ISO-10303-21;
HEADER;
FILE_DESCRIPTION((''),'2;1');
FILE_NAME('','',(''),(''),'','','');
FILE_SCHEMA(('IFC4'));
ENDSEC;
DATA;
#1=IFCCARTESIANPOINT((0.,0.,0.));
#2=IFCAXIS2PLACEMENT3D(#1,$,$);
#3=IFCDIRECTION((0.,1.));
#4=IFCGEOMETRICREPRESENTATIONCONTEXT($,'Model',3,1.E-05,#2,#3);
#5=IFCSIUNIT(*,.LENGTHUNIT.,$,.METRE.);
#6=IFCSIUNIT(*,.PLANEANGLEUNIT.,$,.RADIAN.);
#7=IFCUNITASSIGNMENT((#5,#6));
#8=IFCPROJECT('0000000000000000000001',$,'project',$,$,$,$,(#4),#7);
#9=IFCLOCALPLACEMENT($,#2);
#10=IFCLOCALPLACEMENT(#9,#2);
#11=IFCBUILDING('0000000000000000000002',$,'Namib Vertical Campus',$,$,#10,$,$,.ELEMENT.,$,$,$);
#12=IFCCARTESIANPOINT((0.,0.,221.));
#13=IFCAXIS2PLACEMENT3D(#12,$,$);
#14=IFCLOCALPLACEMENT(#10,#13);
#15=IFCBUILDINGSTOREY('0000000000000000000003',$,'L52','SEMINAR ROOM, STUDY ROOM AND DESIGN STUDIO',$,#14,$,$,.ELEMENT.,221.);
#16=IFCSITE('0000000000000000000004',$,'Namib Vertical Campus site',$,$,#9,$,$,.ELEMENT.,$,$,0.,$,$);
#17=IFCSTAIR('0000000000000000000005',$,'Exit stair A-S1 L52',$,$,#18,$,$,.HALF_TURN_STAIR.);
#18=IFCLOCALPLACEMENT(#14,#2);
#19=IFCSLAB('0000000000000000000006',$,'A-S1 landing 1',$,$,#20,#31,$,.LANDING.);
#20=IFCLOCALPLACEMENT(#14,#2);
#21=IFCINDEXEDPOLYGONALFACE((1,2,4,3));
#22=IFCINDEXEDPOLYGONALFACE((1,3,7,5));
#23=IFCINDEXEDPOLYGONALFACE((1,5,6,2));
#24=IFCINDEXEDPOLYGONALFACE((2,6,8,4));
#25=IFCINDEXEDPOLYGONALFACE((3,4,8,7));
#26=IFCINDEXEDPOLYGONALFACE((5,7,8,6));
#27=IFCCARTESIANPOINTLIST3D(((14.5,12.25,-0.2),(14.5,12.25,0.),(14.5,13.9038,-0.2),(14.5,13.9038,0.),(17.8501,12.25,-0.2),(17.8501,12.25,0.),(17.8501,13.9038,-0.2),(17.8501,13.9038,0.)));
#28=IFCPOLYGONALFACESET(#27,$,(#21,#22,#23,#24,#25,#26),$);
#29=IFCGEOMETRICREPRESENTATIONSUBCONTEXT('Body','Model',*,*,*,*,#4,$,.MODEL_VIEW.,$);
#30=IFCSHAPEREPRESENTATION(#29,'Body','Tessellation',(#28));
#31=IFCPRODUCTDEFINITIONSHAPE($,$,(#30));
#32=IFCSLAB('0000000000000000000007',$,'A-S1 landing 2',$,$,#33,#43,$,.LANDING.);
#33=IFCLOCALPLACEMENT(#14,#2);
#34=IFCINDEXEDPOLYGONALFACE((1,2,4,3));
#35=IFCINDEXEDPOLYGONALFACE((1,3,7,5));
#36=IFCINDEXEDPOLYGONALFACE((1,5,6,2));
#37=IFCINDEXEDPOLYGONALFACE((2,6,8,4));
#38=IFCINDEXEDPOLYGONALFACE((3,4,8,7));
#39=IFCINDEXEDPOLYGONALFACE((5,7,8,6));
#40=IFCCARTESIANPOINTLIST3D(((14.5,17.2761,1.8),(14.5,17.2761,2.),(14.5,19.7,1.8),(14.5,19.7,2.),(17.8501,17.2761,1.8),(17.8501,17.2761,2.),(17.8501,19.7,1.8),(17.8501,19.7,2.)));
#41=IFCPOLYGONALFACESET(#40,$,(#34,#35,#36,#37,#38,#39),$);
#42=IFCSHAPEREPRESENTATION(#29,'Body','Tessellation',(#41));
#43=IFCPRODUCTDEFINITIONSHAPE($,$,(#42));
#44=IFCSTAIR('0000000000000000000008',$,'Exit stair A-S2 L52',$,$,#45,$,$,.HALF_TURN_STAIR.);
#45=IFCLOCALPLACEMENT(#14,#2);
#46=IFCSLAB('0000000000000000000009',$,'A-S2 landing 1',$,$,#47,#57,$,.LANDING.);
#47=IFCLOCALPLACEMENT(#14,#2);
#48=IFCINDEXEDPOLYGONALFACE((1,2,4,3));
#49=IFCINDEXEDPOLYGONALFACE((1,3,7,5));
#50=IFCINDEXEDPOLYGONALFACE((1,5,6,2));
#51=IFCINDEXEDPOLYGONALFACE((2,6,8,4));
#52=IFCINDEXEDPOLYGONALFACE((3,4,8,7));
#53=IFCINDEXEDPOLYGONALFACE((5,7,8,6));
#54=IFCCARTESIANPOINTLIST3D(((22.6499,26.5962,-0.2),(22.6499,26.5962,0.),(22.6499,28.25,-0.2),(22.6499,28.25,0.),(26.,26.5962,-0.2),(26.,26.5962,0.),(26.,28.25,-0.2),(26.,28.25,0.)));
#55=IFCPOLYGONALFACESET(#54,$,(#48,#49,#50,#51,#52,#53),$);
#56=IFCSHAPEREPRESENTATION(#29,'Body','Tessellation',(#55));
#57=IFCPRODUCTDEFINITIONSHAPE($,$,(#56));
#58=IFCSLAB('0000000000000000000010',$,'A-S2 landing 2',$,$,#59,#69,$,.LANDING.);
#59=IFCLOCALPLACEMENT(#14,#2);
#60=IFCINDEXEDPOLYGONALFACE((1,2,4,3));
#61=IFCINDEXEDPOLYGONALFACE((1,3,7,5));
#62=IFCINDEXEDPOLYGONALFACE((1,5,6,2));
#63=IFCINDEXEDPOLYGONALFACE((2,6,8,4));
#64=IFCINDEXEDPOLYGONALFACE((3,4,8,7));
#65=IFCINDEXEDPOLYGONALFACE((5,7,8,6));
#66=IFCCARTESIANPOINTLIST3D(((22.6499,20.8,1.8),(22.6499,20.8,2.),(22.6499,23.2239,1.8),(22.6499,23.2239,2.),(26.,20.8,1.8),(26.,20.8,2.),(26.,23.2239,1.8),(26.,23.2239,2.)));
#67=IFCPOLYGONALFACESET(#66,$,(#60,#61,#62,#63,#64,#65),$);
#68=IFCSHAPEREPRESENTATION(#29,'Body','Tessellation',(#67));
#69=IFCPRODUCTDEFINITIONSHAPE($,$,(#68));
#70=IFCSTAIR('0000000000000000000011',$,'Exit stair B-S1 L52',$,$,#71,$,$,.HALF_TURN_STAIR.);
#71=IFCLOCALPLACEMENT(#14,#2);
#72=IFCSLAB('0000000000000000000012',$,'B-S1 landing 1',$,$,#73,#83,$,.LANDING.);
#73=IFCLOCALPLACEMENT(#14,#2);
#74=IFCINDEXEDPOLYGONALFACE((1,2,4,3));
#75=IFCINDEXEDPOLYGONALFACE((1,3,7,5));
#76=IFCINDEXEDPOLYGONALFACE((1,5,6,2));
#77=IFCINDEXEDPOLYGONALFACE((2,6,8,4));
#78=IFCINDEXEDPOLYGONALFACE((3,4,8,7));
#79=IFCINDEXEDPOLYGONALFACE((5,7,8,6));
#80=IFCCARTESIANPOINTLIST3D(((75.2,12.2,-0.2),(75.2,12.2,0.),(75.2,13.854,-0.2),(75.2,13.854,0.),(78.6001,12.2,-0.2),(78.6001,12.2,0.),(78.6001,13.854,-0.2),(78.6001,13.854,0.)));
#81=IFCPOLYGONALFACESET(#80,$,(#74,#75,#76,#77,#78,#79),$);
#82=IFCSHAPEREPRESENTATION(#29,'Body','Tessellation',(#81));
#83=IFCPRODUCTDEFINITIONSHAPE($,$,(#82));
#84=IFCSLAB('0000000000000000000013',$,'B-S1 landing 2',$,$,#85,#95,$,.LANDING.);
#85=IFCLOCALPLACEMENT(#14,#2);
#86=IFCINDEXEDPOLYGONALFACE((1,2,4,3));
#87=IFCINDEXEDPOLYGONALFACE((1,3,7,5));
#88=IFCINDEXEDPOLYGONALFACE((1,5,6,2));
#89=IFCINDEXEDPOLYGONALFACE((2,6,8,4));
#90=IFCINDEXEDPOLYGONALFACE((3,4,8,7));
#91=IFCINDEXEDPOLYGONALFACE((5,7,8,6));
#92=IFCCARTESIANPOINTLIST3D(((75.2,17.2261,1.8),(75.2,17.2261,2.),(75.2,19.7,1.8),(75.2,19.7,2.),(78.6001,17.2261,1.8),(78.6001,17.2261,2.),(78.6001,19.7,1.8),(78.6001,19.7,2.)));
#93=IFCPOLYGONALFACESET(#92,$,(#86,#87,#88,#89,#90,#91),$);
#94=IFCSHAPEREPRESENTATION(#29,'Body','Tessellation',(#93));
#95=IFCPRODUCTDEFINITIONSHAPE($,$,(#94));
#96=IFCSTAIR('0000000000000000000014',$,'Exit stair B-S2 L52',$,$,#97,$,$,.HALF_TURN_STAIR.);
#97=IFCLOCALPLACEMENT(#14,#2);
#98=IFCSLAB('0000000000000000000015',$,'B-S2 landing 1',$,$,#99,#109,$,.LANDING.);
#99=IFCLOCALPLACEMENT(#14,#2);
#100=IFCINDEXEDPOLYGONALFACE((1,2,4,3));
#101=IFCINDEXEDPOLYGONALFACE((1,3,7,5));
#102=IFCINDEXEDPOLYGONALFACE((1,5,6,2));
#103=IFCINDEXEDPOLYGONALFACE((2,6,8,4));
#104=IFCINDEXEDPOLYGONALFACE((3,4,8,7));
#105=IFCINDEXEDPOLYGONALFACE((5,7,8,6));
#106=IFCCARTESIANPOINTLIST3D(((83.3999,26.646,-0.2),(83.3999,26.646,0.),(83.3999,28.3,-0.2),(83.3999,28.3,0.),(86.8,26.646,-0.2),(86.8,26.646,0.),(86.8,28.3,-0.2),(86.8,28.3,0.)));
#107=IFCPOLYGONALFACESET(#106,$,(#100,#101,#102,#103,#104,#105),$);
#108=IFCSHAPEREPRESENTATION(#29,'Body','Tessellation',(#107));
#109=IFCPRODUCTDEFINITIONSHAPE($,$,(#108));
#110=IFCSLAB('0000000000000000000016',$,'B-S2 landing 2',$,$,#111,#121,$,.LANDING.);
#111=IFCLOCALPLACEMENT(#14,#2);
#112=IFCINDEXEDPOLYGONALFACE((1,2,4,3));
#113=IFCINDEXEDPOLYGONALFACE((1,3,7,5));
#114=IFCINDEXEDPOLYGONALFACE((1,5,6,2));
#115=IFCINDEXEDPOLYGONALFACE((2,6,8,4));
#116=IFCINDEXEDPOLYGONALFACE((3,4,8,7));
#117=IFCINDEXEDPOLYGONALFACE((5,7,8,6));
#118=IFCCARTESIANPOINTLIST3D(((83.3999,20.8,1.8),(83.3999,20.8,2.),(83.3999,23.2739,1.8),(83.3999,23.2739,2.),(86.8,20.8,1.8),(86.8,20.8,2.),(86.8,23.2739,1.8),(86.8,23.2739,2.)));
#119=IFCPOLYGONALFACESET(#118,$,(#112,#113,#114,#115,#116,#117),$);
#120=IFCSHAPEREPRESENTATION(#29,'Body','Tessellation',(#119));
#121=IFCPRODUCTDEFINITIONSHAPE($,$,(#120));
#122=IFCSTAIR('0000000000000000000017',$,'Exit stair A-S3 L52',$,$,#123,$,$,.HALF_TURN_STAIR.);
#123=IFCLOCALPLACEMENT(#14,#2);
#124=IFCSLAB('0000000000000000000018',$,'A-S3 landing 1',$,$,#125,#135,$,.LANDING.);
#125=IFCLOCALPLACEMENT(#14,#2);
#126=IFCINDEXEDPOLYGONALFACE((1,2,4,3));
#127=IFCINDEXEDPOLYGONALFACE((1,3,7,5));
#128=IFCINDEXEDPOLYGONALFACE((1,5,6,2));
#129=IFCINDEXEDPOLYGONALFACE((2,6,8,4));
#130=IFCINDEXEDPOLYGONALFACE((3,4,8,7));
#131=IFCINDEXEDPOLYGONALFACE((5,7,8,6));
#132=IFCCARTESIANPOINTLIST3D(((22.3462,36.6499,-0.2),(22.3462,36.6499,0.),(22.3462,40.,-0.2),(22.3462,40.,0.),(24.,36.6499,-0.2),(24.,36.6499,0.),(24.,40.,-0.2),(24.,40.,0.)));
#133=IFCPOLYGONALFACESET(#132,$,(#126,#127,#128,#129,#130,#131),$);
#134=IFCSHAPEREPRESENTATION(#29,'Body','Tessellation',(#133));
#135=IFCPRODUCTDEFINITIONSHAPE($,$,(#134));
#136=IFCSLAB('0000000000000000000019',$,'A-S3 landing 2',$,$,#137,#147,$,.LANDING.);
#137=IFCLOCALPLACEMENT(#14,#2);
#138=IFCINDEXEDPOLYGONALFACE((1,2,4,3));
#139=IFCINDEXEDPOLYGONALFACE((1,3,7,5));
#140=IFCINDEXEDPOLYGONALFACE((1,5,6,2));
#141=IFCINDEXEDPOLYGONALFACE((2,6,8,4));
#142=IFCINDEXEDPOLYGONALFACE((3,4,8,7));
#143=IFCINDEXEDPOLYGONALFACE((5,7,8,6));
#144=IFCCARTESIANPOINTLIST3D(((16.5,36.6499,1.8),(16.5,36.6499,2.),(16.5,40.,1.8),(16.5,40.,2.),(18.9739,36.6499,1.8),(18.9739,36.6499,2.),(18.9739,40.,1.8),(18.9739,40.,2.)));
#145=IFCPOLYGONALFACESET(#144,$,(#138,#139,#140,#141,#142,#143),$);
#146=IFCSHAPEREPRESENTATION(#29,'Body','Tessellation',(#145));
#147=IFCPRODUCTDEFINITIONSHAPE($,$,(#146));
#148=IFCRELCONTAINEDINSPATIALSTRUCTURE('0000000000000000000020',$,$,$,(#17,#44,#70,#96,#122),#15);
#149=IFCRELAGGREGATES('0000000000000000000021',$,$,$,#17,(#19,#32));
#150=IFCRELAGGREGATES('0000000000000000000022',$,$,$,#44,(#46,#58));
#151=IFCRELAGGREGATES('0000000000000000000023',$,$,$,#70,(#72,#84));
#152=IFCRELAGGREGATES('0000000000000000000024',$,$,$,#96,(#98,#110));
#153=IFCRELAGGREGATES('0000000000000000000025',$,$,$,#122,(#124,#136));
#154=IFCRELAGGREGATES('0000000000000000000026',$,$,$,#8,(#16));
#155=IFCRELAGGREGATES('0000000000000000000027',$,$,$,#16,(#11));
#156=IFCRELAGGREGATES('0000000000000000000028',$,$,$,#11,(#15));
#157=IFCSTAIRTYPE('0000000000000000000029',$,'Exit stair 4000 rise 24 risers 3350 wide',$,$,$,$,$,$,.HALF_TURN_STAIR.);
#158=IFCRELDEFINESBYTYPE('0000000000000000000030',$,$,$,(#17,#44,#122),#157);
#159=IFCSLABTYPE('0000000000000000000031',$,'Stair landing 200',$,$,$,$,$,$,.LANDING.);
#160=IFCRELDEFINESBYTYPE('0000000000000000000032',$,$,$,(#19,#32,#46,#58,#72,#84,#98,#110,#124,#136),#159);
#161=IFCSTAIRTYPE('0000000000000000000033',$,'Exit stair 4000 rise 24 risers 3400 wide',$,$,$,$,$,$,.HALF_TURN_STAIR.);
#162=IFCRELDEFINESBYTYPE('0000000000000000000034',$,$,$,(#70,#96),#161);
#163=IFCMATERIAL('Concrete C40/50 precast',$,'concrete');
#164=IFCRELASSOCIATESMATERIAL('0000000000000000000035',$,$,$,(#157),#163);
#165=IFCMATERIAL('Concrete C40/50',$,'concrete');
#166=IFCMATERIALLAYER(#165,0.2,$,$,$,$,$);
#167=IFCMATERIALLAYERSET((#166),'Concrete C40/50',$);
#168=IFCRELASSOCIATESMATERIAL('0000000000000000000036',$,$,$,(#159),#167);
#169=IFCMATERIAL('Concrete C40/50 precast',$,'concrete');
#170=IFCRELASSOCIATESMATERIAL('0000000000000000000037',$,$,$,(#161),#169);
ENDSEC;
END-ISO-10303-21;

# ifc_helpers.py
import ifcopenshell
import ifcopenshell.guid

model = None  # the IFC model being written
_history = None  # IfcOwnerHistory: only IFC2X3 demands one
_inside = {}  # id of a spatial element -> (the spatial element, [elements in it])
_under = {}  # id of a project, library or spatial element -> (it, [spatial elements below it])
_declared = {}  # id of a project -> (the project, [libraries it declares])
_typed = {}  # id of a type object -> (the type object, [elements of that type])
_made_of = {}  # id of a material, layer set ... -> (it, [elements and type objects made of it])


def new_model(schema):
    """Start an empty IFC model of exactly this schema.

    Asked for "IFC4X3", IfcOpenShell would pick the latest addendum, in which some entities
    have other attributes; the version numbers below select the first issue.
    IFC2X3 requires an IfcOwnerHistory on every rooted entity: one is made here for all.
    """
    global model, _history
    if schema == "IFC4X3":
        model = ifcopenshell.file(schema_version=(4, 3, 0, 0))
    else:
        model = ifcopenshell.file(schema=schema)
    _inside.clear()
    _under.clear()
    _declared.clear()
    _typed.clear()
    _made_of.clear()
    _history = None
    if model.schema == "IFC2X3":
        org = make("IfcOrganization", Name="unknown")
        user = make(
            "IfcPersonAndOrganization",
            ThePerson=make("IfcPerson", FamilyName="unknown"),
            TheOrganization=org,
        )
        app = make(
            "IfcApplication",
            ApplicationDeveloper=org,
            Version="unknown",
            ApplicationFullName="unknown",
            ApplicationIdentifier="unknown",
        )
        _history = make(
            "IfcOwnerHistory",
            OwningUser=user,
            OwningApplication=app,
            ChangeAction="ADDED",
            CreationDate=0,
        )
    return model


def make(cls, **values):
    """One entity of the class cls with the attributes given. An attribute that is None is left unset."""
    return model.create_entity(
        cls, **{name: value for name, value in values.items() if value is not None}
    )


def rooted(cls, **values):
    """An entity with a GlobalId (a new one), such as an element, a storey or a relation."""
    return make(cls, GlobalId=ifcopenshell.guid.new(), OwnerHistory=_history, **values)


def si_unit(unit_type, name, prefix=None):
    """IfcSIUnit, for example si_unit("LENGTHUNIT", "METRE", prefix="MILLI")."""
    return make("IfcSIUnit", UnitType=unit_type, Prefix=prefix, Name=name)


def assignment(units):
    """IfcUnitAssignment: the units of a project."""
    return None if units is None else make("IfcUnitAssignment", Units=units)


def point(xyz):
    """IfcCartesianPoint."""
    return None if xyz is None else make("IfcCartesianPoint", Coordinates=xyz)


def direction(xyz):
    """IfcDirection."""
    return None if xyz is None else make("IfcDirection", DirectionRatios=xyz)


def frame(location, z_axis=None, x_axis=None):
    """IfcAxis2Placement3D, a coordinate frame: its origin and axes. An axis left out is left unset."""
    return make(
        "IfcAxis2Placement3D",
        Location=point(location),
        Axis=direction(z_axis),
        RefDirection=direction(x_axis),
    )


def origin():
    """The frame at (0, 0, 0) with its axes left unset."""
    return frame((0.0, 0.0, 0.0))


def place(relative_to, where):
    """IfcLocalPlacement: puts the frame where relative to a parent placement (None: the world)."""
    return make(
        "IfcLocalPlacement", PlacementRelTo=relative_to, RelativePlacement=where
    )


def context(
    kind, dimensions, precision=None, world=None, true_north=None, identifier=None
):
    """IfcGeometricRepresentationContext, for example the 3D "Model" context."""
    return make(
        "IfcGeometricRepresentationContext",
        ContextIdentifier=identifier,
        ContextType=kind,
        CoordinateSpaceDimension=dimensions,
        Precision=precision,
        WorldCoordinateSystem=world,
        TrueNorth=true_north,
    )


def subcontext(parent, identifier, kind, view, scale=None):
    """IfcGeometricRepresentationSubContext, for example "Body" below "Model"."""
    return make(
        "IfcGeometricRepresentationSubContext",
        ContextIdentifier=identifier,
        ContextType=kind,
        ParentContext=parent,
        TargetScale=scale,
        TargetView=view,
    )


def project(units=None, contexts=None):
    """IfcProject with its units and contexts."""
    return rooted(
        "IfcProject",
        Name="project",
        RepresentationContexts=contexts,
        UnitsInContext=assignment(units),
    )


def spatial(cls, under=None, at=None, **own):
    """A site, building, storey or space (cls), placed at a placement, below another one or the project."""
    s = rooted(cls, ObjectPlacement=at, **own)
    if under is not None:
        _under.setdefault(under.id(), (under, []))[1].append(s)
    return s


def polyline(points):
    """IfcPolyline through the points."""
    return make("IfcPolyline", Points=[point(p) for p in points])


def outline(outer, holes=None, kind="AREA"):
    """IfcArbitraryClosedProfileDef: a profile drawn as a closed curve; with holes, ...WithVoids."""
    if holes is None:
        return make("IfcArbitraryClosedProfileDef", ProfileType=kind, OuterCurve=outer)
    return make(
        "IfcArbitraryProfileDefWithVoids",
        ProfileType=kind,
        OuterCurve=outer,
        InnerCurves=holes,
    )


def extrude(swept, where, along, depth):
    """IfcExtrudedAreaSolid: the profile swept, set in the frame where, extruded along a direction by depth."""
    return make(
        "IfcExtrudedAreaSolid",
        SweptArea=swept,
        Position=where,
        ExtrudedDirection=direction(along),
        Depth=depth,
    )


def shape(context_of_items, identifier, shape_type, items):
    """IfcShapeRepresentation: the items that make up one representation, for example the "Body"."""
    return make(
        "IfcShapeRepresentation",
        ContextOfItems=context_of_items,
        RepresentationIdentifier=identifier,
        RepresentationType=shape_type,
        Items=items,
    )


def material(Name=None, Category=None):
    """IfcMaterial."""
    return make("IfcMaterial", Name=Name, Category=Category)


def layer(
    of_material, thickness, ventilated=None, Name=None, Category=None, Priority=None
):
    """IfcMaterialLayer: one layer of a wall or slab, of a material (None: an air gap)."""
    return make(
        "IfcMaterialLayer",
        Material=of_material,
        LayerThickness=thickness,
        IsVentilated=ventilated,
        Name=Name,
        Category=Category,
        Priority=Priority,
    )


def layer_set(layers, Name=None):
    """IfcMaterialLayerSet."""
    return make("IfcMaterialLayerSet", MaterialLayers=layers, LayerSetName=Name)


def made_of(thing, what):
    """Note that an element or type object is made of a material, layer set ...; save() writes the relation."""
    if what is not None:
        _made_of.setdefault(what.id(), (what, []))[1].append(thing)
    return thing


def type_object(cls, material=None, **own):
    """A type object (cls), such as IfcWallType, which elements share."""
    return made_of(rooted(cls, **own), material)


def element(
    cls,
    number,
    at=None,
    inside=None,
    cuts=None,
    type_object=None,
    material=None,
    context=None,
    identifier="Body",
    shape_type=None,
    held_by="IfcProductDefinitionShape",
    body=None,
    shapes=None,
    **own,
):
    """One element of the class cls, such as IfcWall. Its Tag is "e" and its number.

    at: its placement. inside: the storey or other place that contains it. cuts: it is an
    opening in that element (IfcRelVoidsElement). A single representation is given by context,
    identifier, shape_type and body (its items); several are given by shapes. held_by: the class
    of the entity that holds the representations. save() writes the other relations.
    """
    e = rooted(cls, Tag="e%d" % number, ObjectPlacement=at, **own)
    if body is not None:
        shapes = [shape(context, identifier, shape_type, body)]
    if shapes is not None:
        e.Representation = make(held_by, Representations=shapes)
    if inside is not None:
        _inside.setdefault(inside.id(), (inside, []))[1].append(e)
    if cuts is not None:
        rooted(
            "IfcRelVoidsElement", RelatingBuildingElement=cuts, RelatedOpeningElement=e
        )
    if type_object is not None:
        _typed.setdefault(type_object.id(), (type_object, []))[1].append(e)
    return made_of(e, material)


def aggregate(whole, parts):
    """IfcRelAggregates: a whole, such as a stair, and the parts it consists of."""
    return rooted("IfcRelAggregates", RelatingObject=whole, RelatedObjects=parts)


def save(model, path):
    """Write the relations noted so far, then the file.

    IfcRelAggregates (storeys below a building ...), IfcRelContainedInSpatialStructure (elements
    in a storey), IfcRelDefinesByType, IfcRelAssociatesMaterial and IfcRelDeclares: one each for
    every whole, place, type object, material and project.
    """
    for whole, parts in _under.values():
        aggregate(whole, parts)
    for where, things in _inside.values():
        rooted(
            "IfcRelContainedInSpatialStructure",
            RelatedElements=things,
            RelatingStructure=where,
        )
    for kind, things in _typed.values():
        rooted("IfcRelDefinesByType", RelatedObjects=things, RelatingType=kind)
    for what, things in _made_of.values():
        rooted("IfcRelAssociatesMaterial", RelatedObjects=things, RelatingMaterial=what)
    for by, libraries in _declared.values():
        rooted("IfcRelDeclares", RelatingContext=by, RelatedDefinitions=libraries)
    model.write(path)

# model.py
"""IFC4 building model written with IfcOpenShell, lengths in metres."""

from ifc_helpers import new_model, si_unit, direction, frame, origin, place, context, subcontext, project, spatial, polyline, outline, extrude, material, layer, layer_set, type_object, element, aggregate, save


model = new_model("IFC4")

# Units and contexts
model_context = context("Model", 3, precision=1e-05, world=origin(), true_north=direction((0.0, 1.0)))
body_context = subcontext(model_context, "Body", "Model", "MODEL_VIEW")
ifc_project = project(units=[si_unit("LENGTHUNIT", "METRE"), si_unit("PLANEANGLEUNIT", "RADIAN")], contexts=[model_context])

# Site, building, storey
site_placement = place(None, origin())
site = spatial("IfcSite", under=ifc_project, at=site_placement, Name="Namib Vertical Campus site", CompositionType="ELEMENT", RefElevation=0.0)
building_placement = place(site_placement, origin())
building = spatial("IfcBuilding", under=site, at=building_placement, Name="Namib Vertical Campus", CompositionType="ELEMENT")
storey_placement = place(building_placement, frame((0.0, 0.0, 221.0)))
storey = spatial("IfcBuildingStorey", under=building, at=storey_placement, Name="L52", Description="SEMINAR ROOM, STUDY ROOM AND DESIGN STUDIO", CompositionType="ELEMENT", Elevation=221.0)

# Stairs, slabs
ifc_material_1 = material(Name="Concrete C40/50 precast", Category="concrete")
stair_type_1 = type_object("IfcStairType", Name="Exit stair 4000 rise 24 risers 3350 wide", PredefinedType="HALF_TURN_STAIR", material=ifc_material_1)
stair_1_placement = place(storey_placement, origin())
stair_1 = element("IfcStair", 1, at=stair_1_placement, inside=storey, type_object=stair_type_1, Name="Exit stair A-S1 L52", PredefinedType="HALF_TURN_STAIR")
ifc_material_2 = material(Name="Concrete C40/50", Category="concrete")
ifc_layer_1 = layer(ifc_material_2, 0.2)
ifc_layer_set_1 = layer_set([ifc_layer_1], Name="Concrete C40/50")
slab_type_1 = type_object("IfcSlabType", Name="Stair landing 200", PredefinedType="LANDING", material=ifc_layer_set_1)
slab_1_placement = place(storey_placement, frame((0.0, 0.0, -0.2)))
slab_1 = element("IfcSlab", 2, at=slab_1_placement, type_object=slab_type_1, Name="A-S1 landing 1", PredefinedType="LANDING", context=body_context, shape_type="SweptSolid", body=[
    extrude(outline(polyline([(14.5, 12.25), (17.8501, 12.25), (17.8501, 13.9038), (14.5, 13.9038), (14.5, 12.25)])), origin(), (0.0, 0.0, 1.0), 0.2),
])
slab_2_placement = place(storey_placement, frame((0.0, 0.0, 1.8)))
slab_2 = element("IfcSlab", 3, at=slab_2_placement, type_object=slab_type_1, Name="A-S1 landing 2", PredefinedType="LANDING", context=body_context, shape_type="SweptSolid", body=[
    extrude(outline(polyline([(14.5, 17.2761), (17.8501, 17.2761), (17.8501, 19.7), (14.5, 19.7), (14.5, 17.2761)])), origin(), (0.0, 0.0, 1.0), 0.2),
])
aggregate(stair_1, [slab_1, slab_2])
stair_2_placement = place(storey_placement, origin())
stair_2 = element("IfcStair", 4, at=stair_2_placement, inside=storey, type_object=stair_type_1, Name="Exit stair A-S2 L52", PredefinedType="HALF_TURN_STAIR")
slab_3_placement = place(storey_placement, frame((0.0, 0.0, -0.2)))
slab_3 = element("IfcSlab", 5, at=slab_3_placement, type_object=slab_type_1, Name="A-S2 landing 1", PredefinedType="LANDING", context=body_context, shape_type="SweptSolid", body=[
    extrude(outline(polyline([(22.6499, 26.5962), (26.0, 26.5962), (26.0, 28.25), (22.6499, 28.25), (22.6499, 26.5962)])), origin(), (0.0, 0.0, 1.0), 0.2),
])
slab_4_placement = place(storey_placement, frame((0.0, 0.0, 1.8)))
slab_4 = element("IfcSlab", 6, at=slab_4_placement, type_object=slab_type_1, Name="A-S2 landing 2", PredefinedType="LANDING", context=body_context, shape_type="SweptSolid", body=[
    extrude(outline(polyline([(22.6499, 20.8), (26.0, 20.8), (26.0, 23.2239), (22.6499, 23.2239), (22.6499, 20.8)])), origin(), (0.0, 0.0, 1.0), 0.2),
])
aggregate(stair_2, [slab_3, slab_4])
ifc_material_3 = material(Name="Concrete C40/50 precast", Category="concrete")
stair_type_2 = type_object("IfcStairType", Name="Exit stair 4000 rise 24 risers 3400 wide", PredefinedType="HALF_TURN_STAIR", material=ifc_material_3)
stair_3_placement = place(storey_placement, origin())
stair_3 = element("IfcStair", 7, at=stair_3_placement, inside=storey, type_object=stair_type_2, Name="Exit stair B-S1 L52", PredefinedType="HALF_TURN_STAIR")
slab_5_placement = place(storey_placement, frame((0.0, 0.0, -0.2)))
slab_5 = element("IfcSlab", 8, at=slab_5_placement, type_object=slab_type_1, Name="B-S1 landing 1", PredefinedType="LANDING", context=body_context, shape_type="SweptSolid", body=[
    extrude(outline(polyline([(75.2, 12.2), (78.6001, 12.2), (78.6001, 13.854), (75.2, 13.854), (75.2, 12.2)])), origin(), (0.0, 0.0, 1.0), 0.2),
])
slab_6_placement = place(storey_placement, frame((0.0, 0.0, 1.8)))
slab_6 = element("IfcSlab", 9, at=slab_6_placement, type_object=slab_type_1, Name="B-S1 landing 2", PredefinedType="LANDING", context=body_context, shape_type="SweptSolid", body=[
    extrude(outline(polyline([(75.2, 17.2261), (78.6001, 17.2261), (78.6001, 19.7), (75.2, 19.7), (75.2, 17.2261)])), origin(), (0.0, 0.0, 1.0), 0.2),
])
aggregate(stair_3, [slab_5, slab_6])
stair_4_placement = place(storey_placement, origin())
stair_4 = element("IfcStair", 10, at=stair_4_placement, inside=storey, type_object=stair_type_2, Name="Exit stair B-S2 L52", PredefinedType="HALF_TURN_STAIR")
slab_7_placement = place(storey_placement, frame((0.0, 0.0, -0.2)))
slab_7 = element("IfcSlab", 11, at=slab_7_placement, type_object=slab_type_1, Name="B-S2 landing 1", PredefinedType="LANDING", context=body_context, shape_type="SweptSolid", body=[
    extrude(outline(polyline([(83.3999, 26.646), (86.8, 26.646), (86.8, 28.3), (83.3999, 28.3), (83.3999, 26.646)])), origin(), (0.0, 0.0, 1.0), 0.2),
])
slab_8_placement = place(storey_placement, frame((0.0, 0.0, 1.8)))
slab_8 = element("IfcSlab", 12, at=slab_8_placement, type_object=slab_type_1, Name="B-S2 landing 2", PredefinedType="LANDING", context=body_context, shape_type="SweptSolid", body=[
    extrude(outline(polyline([(83.3999, 20.8), (86.8, 20.8), (86.8, 23.2739), (83.3999, 23.2739), (83.3999, 20.8)])), origin(), (0.0, 0.0, 1.0), 0.2),
])
aggregate(stair_4, [slab_7, slab_8])
stair_5_placement = place(storey_placement, origin())
stair_5 = element("IfcStair", 13, at=stair_5_placement, inside=storey, type_object=stair_type_1, Name="Exit stair A-S3 L52", PredefinedType="HALF_TURN_STAIR")
slab_9_placement = place(storey_placement, frame((0.0, 0.0, -0.2)))
slab_9 = element("IfcSlab", 14, at=slab_9_placement, type_object=slab_type_1, Name="A-S3 landing 1", PredefinedType="LANDING", context=body_context, shape_type="SweptSolid", body=[
    extrude(outline(polyline([(22.3462, 36.6499), (22.3462, 40.0), (24.0, 40.0), (24.0, 36.6499), (22.3462, 36.6499)])), origin(), (0.0, 0.0, 1.0), 0.2),
])
slab_10_placement = place(storey_placement, frame((0.0, 0.0, 1.8)))
slab_10 = element("IfcSlab", 15, at=slab_10_placement, type_object=slab_type_1, Name="A-S3 landing 2", PredefinedType="LANDING", context=body_context, shape_type="SweptSolid", body=[
    extrude(outline(polyline([(16.5, 36.6499), (16.5, 40.0), (18.9739, 40.0), (18.9739, 36.6499), (16.5, 36.6499)])), origin(), (0.0, 0.0, 1.0), 0.2),
])
aggregate(stair_5, [slab_9, slab_10])

save(model, "model.ifc")
